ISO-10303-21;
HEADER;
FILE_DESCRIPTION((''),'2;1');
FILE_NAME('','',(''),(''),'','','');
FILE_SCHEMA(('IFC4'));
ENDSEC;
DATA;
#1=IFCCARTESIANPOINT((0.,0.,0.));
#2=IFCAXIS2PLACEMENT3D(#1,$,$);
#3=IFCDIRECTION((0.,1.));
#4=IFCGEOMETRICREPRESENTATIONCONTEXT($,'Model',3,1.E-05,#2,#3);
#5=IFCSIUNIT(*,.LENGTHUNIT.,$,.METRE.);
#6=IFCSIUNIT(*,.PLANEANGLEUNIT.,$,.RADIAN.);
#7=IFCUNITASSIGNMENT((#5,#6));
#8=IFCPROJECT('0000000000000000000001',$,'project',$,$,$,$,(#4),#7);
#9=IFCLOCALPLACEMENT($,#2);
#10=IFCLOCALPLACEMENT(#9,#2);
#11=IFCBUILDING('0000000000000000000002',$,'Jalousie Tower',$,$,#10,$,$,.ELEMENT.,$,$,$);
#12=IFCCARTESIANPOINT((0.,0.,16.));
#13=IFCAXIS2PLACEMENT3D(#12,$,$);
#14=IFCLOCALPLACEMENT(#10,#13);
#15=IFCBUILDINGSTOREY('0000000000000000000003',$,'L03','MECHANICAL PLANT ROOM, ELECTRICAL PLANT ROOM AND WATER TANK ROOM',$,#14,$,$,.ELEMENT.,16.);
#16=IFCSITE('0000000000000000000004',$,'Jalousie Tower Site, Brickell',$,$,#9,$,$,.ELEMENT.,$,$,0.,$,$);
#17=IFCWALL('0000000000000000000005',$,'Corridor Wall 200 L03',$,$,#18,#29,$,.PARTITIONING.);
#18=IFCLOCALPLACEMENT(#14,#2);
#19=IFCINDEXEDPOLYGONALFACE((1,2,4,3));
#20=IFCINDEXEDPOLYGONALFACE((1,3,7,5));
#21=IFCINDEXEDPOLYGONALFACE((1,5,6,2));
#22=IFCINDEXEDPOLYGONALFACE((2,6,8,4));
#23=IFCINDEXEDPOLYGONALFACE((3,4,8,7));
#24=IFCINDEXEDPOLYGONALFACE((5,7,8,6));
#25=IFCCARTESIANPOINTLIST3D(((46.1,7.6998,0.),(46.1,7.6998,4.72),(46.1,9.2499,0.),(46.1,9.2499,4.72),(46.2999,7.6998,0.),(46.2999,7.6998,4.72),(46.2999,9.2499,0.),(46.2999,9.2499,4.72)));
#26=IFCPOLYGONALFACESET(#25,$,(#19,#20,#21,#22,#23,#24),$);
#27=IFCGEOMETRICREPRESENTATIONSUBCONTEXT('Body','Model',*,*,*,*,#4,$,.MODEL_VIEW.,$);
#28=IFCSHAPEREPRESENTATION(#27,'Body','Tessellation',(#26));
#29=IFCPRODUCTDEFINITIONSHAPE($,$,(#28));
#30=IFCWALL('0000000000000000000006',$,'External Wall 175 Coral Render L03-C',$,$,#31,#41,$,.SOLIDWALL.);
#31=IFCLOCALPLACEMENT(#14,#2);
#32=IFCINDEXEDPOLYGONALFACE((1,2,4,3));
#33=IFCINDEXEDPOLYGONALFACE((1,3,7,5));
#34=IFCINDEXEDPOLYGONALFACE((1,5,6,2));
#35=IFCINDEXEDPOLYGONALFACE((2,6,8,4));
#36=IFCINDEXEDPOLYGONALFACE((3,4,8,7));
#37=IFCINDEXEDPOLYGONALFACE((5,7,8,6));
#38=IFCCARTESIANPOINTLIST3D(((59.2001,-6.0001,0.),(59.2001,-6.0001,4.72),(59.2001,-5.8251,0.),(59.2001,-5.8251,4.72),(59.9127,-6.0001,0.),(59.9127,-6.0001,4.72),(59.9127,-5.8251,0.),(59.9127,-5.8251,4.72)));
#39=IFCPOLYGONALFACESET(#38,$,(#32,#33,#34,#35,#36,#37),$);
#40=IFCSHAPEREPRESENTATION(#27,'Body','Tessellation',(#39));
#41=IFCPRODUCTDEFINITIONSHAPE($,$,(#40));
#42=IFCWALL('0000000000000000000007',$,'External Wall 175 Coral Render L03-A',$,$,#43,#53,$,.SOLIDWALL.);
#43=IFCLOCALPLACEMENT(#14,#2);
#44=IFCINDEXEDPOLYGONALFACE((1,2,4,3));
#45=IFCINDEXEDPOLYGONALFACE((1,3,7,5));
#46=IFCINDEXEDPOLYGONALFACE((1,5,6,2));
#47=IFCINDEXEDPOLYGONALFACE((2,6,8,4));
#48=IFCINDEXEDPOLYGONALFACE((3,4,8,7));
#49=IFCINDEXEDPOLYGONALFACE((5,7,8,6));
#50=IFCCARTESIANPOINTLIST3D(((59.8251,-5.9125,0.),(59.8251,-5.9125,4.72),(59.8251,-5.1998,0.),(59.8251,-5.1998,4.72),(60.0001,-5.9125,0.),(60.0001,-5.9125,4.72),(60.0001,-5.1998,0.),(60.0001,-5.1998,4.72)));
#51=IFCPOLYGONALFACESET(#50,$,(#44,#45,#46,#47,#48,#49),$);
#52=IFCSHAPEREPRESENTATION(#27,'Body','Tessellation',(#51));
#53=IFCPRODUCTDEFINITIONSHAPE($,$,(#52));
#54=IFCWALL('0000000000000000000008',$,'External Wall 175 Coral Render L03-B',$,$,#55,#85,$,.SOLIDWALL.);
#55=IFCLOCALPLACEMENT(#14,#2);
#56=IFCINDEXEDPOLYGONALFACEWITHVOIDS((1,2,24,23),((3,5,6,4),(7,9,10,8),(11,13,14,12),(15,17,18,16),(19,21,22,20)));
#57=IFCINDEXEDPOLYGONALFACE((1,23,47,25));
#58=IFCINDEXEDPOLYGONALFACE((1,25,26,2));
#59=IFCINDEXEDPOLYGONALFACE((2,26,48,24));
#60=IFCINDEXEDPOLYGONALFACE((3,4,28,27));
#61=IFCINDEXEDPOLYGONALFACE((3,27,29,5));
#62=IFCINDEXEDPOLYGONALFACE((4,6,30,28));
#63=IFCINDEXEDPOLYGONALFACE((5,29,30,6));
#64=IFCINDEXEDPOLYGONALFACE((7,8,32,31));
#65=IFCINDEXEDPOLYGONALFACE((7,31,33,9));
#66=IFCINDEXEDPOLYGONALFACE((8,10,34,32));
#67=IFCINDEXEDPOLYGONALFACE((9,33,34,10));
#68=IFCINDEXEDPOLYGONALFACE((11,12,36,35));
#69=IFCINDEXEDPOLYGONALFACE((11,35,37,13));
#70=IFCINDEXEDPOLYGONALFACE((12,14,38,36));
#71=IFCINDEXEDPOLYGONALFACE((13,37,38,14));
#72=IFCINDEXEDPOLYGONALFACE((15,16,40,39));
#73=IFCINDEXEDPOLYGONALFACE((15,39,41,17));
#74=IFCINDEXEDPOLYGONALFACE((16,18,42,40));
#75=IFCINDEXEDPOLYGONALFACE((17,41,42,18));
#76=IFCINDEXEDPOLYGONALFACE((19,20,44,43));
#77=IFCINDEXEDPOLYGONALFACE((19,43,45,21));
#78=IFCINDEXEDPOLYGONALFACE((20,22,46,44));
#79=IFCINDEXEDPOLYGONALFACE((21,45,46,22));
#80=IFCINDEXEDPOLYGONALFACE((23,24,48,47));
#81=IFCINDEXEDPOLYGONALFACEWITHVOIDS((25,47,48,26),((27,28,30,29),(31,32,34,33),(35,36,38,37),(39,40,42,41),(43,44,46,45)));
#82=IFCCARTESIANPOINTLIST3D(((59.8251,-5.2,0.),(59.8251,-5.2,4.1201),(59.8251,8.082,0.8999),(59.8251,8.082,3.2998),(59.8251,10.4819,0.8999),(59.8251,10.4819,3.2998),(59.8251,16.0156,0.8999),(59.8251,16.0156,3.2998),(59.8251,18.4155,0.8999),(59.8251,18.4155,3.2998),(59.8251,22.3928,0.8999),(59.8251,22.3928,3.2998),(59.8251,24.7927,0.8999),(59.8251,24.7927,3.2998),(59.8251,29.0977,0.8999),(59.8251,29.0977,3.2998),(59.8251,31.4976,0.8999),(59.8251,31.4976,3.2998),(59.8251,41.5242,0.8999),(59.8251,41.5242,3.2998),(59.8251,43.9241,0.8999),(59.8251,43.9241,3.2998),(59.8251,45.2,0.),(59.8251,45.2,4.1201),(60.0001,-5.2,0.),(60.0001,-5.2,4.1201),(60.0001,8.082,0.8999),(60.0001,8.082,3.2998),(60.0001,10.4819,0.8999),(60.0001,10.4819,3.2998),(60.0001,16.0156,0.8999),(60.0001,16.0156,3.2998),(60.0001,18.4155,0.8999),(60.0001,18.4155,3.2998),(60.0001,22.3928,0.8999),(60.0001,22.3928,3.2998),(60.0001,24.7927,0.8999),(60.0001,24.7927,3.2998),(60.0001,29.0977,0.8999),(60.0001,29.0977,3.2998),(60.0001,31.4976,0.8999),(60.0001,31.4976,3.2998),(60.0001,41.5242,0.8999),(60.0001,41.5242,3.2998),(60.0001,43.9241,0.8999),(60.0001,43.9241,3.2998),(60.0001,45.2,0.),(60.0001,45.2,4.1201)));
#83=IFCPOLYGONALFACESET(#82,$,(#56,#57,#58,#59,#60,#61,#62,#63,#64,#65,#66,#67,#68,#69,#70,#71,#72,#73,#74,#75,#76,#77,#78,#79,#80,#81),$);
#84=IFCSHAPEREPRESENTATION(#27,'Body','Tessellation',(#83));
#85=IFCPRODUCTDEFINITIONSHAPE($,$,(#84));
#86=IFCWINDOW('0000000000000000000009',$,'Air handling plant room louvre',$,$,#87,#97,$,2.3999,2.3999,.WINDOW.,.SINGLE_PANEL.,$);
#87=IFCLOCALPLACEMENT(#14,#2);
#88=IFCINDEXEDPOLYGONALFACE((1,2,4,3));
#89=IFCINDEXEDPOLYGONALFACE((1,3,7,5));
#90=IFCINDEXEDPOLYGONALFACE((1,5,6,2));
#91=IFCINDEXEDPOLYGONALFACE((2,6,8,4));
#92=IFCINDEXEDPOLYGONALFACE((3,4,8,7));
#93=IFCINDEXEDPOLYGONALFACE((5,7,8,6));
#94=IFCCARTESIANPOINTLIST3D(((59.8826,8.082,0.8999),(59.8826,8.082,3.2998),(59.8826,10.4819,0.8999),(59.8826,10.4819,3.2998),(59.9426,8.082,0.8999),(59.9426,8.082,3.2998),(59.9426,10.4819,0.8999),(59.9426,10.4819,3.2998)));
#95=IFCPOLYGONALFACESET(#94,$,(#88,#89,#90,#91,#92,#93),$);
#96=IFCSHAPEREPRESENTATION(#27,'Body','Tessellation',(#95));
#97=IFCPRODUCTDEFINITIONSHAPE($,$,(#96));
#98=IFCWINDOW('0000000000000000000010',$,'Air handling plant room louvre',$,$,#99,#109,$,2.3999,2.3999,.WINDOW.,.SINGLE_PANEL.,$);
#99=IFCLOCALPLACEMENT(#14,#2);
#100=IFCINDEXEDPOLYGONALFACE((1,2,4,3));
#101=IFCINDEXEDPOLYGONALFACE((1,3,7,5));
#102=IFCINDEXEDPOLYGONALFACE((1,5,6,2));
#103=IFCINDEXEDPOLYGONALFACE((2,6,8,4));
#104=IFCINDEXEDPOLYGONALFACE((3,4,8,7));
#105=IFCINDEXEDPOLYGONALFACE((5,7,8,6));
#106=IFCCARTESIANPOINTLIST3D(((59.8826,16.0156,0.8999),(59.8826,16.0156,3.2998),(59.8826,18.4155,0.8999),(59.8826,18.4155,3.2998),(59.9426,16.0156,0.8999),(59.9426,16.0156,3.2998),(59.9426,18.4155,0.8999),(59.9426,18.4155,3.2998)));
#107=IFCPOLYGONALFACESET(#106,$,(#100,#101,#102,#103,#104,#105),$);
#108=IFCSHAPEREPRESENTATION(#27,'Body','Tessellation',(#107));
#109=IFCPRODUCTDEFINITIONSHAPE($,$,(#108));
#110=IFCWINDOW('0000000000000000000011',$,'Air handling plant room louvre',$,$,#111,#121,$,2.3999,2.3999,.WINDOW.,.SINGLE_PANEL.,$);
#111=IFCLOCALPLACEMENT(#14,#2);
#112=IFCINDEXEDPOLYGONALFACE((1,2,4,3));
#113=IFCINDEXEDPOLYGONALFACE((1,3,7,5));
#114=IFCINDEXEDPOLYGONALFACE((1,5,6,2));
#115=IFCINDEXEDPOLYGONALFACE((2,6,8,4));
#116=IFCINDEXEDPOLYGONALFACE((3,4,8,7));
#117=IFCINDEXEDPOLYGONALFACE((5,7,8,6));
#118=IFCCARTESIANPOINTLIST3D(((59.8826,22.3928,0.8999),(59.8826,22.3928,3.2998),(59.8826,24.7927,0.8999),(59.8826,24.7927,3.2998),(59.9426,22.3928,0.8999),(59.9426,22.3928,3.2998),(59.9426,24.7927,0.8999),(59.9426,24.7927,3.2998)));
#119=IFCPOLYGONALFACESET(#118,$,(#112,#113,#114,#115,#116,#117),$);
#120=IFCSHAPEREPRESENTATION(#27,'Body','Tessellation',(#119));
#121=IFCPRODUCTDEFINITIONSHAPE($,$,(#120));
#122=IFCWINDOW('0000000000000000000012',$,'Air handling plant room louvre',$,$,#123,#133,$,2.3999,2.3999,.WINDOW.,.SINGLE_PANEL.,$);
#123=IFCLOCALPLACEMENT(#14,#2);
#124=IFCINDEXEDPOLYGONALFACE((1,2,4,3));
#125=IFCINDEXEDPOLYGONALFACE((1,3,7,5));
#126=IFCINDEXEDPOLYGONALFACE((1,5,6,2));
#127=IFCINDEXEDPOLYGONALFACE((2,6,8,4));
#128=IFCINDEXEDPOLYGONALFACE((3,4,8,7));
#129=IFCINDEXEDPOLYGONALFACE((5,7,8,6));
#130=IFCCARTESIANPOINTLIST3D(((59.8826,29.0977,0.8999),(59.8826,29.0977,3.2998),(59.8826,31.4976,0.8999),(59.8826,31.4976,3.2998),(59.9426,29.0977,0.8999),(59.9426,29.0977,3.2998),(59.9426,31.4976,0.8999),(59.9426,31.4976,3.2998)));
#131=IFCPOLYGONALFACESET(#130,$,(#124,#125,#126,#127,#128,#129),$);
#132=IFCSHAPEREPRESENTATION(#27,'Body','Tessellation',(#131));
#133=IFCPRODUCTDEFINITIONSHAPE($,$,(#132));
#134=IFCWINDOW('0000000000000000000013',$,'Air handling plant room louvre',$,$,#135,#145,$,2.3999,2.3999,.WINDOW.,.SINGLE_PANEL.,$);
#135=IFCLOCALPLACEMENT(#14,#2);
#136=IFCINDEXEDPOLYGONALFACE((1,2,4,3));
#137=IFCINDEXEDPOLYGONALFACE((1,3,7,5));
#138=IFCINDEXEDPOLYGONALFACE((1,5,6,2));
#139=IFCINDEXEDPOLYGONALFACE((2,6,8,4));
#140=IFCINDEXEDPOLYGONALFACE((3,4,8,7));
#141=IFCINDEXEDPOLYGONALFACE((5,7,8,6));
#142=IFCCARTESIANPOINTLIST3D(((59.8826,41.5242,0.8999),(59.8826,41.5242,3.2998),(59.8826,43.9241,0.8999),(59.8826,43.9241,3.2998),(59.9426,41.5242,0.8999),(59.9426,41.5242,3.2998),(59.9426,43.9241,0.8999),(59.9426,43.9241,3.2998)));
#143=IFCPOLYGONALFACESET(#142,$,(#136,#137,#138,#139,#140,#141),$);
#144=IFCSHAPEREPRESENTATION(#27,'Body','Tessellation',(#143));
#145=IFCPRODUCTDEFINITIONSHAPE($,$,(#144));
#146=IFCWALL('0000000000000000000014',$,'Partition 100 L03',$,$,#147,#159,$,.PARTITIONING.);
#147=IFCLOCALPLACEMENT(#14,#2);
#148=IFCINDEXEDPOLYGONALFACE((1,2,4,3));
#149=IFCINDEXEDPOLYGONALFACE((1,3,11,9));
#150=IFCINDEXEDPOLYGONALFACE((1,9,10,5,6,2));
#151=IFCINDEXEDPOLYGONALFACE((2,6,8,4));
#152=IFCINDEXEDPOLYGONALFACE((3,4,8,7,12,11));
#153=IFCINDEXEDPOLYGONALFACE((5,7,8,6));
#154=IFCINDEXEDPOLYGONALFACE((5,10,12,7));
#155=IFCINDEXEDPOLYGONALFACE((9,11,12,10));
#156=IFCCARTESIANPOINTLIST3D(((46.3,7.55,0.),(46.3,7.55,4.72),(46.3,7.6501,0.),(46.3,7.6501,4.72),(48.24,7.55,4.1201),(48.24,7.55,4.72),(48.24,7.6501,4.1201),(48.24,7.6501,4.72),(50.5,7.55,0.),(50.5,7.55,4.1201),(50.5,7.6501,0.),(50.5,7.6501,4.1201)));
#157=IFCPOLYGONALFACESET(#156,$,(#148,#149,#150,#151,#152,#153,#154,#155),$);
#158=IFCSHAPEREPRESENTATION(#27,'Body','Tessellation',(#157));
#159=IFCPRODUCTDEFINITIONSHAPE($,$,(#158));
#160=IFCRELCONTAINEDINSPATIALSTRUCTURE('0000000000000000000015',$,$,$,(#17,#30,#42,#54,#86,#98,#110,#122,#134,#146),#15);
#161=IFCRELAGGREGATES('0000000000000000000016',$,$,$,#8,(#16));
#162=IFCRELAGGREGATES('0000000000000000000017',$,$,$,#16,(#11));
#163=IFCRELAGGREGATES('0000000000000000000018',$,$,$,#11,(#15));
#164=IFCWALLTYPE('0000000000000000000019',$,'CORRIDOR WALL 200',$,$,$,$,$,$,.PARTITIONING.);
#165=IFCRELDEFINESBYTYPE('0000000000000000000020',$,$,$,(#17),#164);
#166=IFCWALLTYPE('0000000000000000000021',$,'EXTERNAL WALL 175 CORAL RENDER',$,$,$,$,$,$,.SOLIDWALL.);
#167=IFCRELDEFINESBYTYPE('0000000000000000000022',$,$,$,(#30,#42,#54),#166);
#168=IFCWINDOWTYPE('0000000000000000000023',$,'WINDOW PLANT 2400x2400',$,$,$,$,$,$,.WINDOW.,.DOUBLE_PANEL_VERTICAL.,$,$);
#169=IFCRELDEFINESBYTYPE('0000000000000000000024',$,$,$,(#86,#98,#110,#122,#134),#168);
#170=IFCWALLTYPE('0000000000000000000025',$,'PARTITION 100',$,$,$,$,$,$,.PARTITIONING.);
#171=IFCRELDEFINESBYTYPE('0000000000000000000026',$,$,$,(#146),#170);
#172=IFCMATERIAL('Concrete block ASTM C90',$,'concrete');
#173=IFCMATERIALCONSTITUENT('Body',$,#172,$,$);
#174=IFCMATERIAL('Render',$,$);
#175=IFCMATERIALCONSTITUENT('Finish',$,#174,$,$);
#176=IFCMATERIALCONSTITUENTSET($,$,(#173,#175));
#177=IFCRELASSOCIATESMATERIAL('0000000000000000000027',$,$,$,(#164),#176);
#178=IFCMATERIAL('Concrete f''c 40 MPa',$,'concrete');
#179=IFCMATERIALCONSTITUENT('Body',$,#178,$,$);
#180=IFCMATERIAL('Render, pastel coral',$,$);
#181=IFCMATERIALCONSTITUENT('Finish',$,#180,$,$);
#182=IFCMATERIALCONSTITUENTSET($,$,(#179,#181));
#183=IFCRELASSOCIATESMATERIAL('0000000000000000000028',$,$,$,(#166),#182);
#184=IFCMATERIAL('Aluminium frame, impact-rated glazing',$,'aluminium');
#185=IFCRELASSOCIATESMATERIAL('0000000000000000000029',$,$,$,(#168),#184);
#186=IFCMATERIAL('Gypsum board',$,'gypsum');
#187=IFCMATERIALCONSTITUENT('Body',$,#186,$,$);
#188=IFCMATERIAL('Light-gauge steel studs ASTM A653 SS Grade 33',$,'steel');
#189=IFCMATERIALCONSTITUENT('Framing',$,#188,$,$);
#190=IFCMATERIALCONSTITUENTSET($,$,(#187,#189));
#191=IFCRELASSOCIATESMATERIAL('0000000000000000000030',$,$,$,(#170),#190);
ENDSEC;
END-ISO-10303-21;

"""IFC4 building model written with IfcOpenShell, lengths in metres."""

from ifc_helpers import new_model, si_unit, direction, frame, frame_2d, origin, place, context, subcontext, project, spatial, polyline, rectangle, outline, extrude, material, constituent, constituent_set, type_object, element, fill, save


model = new_model("IFC4")

# Units and contexts
model_context = context("Model", 3, precision=1e-05, world=origin(), true_north=direction((0.0, 1.0)))
body_context = subcontext(model_context, "Body", "Model", "MODEL_VIEW")
ifc_project = project(units=[si_unit("LENGTHUNIT", "METRE"), si_unit("PLANEANGLEUNIT", "RADIAN")], contexts=[model_context])

# Site, building, storey
site_placement = place(None, origin())
site = spatial("IfcSite", under=ifc_project, at=site_placement, Name="Jalousie Tower Site, Brickell", CompositionType="ELEMENT", RefElevation=0.0)
building_placement = place(site_placement, origin())
building = spatial("IfcBuilding", under=site, at=building_placement, Name="Jalousie Tower", CompositionType="ELEMENT")
storey_placement = place(building_placement, frame((0.0, 0.0, 16.0)))
storey = spatial("IfcBuildingStorey", under=building, at=storey_placement, Name="L03", Description="MECHANICAL PLANT ROOM, ELECTRICAL PLANT ROOM AND WATER TANK ROOM", CompositionType="ELEMENT", Elevation=16.0)

# Walls
ifc_material_1 = material(Name="Concrete block ASTM C90", Category="concrete")
ifc_constituent_1 = constituent(ifc_material_1, Name="Body")
ifc_material_2 = material(Name="Render")
ifc_constituent_2 = constituent(ifc_material_2, Name="Finish")
ifc_constituent_set_1 = constituent_set(constituents=[ifc_constituent_1, ifc_constituent_2])
wall_type_1 = type_object("IfcWallType", Name="CORRIDOR WALL 200", PredefinedType="PARTITIONING", material=ifc_constituent_set_1)
wall_1_placement = place(storey_placement, frame((46.2, 7.7, 0.0), z_axis=(0.0, 0.0, 1.0), x_axis=(0.0, 1.0, 0.0)))
element("IfcWall", 1, at=wall_1_placement, inside=storey, type_object=wall_type_1, Name="Corridor Wall 200 L03", PredefinedType="PARTITIONING", context=body_context, shape_type="SweptSolid", body=[
    extrude(rectangle(XDim=1.55, YDim=0.2, at=frame_2d((0.7749, 0.0))), origin(), (0.0, 0.0, 1.0), 4.72),
])
ifc_material_3 = material(Name="Concrete f'c 40 MPa", Category="concrete")
ifc_constituent_3 = constituent(ifc_material_3, Name="Body")
ifc_material_4 = material(Name="Render, pastel coral")
ifc_constituent_4 = constituent(ifc_material_4, Name="Finish")
ifc_constituent_set_2 = constituent_set(constituents=[ifc_constituent_3, ifc_constituent_4])
wall_type_2 = type_object("IfcWallType", Name="EXTERNAL WALL 175 CORAL RENDER", PredefinedType="SOLIDWALL", material=ifc_constituent_set_2)
for number, where, z_axis, x_axis, name in (
    (2, (59.2, -5.9126, 0.0), (0.0, 0.0, 1.0), (1.0, 0.0, 0.0), "External Wall 175 Coral Render L03-C"),
    (3, (59.9126, -5.9126, 0.0), (0.0, 0.0, 1.0), (0.0, 1.0, 0.0), "External Wall 175 Coral Render L03-A"),
):
    element("IfcWall", number, at=place(storey_placement, frame(where, z_axis=z_axis, x_axis=x_axis)), inside=storey, type_object=wall_type_2, Name=name, PredefinedType="SOLIDWALL", context=body_context, shape_type="SweptSolid", body=[
        extrude(rectangle(XDim=0.7126, YDim=0.175, at=frame_2d((0.3564, 0.0))), origin(), (0.0, 0.0, 1.0), 4.72),
    ])

# Wall, openings, windows
wall_2_placement = place(storey_placement, frame((59.9126, -5.2, 0.0), z_axis=(0.0, 0.0, 1.0), x_axis=(0.0, 1.0, 0.0)))
wall_2 = element("IfcWall", 4, at=wall_2_placement, inside=storey, type_object=wall_type_2, Name="External Wall 175 Coral Render L03-B", PredefinedType="SOLIDWALL", context=body_context, shape_type="SweptSolid", body=[
    extrude(rectangle(XDim=50.3999, YDim=0.175, at=frame_2d((25.2, 0.0))), origin(), (0.0, 0.0, 1.0), 4.1201),
])
opening_1_placement = place(wall_2_placement, frame((13.282, 0.0, 0.8999)))
opening_1 = element("IfcOpeningElement", 5, at=opening_1_placement, cuts=wall_2, PredefinedType="OPENING", context=body_context, shape_type="SweptSolid", body=[
    extrude(rectangle(XDim=2.3999, YDim=2.3999, at=frame_2d((1.2, 1.2))), frame((0.0, 0.0974, 0.0), z_axis=(0.0, -1.0, 0.0), x_axis=(1.0, 0.0, 0.0)), (0.0, 0.0, 1.0), 0.1951),
])
opening_2_placement = place(wall_2_placement, frame((21.2156, 0.0, 0.8999)))
opening_2 = element("IfcOpeningElement", 6, at=opening_2_placement, cuts=wall_2, PredefinedType="OPENING", context=body_context, shape_type="SweptSolid", body=[
    extrude(rectangle(XDim=2.3999, YDim=2.3999, at=frame_2d((1.2, 1.2))), frame((0.0, 0.0974, 0.0), z_axis=(0.0, -1.0, 0.0), x_axis=(1.0, 0.0, 0.0)), (0.0, 0.0, 1.0), 0.1951),
])
opening_3_placement = place(wall_2_placement, frame((27.5928, 0.0, 0.8999)))
opening_3 = element("IfcOpeningElement", 7, at=opening_3_placement, cuts=wall_2, PredefinedType="OPENING", context=body_context, shape_type="SweptSolid", body=[
    extrude(rectangle(XDim=2.3999, YDim=2.3999, at=frame_2d((1.2, 1.2))), frame((0.0, 0.0974, 0.0), z_axis=(0.0, -1.0, 0.0), x_axis=(1.0, 0.0, 0.0)), (0.0, 0.0, 1.0), 0.1951),
])
opening_4_placement = place(wall_2_placement, frame((34.2976, 0.0, 0.8999)))
opening_4 = element("IfcOpeningElement", 8, at=opening_4_placement, cuts=wall_2, PredefinedType="OPENING", context=body_context, shape_type="SweptSolid", body=[
    extrude(rectangle(XDim=2.3999, YDim=2.3999, at=frame_2d((1.2, 1.2))), frame((0.0, 0.0974, 0.0), z_axis=(0.0, -1.0, 0.0), x_axis=(1.0, 0.0, 0.0)), (0.0, 0.0, 1.0), 0.1951),
])
opening_5_placement = place(wall_2_placement, frame((46.7241, 0.0, 0.8999)))
opening_5 = element("IfcOpeningElement", 9, at=opening_5_placement, cuts=wall_2, PredefinedType="OPENING", context=body_context, shape_type="SweptSolid", body=[
    extrude(rectangle(XDim=2.3999, YDim=2.3999, at=frame_2d((1.2, 1.2))), frame((0.0, 0.0974, 0.0), z_axis=(0.0, -1.0, 0.0), x_axis=(1.0, 0.0, 0.0)), (0.0, 0.0, 1.0), 0.1951),
])
ifc_material_5 = material(Name="Aluminium frame, impact-rated glazing", Category="aluminium")
window_type = type_object("IfcWindowType", Name="WINDOW PLANT 2400x2400", PartitioningType="DOUBLE_PANEL_VERTICAL", PredefinedType="WINDOW", material=ifc_material_5)
window_1_placement = place(opening_1_placement, origin())
window_1 = element("IfcWindow", 10, at=window_1_placement, inside=storey, type_object=window_type, Name="Air handling plant room louvre", OverallHeight=2.3999, OverallWidth=2.3999, PartitioningType="SINGLE_PANEL", PredefinedType="WINDOW", context=body_context, shape_type="SweptSolid", body=[
    extrude(rectangle(XDim=2.3999, YDim=2.3999, at=frame_2d((1.2, 1.2))), frame((0.0, 0.03, 0.0), z_axis=(0.0, -1.0, 0.0), x_axis=(1.0, 0.0, 0.0)), (0.0, 0.0, 1.0), 0.0601),
])
fill(opening_1, window_1)
window_2_placement = place(opening_2_placement, origin())
window_2 = element("IfcWindow", 11, at=window_2_placement, inside=storey, type_object=window_type, Name="Air handling plant room louvre", OverallHeight=2.3999, OverallWidth=2.3999, PartitioningType="SINGLE_PANEL", PredefinedType="WINDOW", context=body_context, shape_type="SweptSolid", body=[
    extrude(rectangle(XDim=2.3999, YDim=2.3999, at=frame_2d((1.2, 1.2))), frame((0.0, 0.03, 0.0), z_axis=(0.0, -1.0, 0.0), x_axis=(1.0, 0.0, 0.0)), (0.0, 0.0, 1.0), 0.0601),
])
fill(opening_2, window_2)
window_3_placement = place(opening_3_placement, origin())
window_3 = element("IfcWindow", 12, at=window_3_placement, inside=storey, type_object=window_type, Name="Air handling plant room louvre", OverallHeight=2.3999, OverallWidth=2.3999, PartitioningType="SINGLE_PANEL", PredefinedType="WINDOW", context=body_context, shape_type="SweptSolid", body=[
    extrude(rectangle(XDim=2.3999, YDim=2.3999, at=frame_2d((1.2, 1.2))), frame((0.0, 0.03, 0.0), z_axis=(0.0, -1.0, 0.0), x_axis=(1.0, 0.0, 0.0)), (0.0, 0.0, 1.0), 0.0601),
])
fill(opening_3, window_3)
window_4_placement = place(opening_4_placement, origin())
window_4 = element("IfcWindow", 13, at=window_4_placement, inside=storey, type_object=window_type, Name="Air handling plant room louvre", OverallHeight=2.3999, OverallWidth=2.3999, PartitioningType="SINGLE_PANEL", PredefinedType="WINDOW", context=body_context, shape_type="SweptSolid", body=[
    extrude(rectangle(XDim=2.3999, YDim=2.3999, at=frame_2d((1.2, 1.2))), frame((0.0, 0.03, 0.0), z_axis=(0.0, -1.0, 0.0), x_axis=(1.0, 0.0, 0.0)), (0.0, 0.0, 1.0), 0.0601),
])
fill(opening_4, window_4)
window_5_placement = place(opening_5_placement, origin())
window_5 = element("IfcWindow", 14, at=window_5_placement, inside=storey, type_object=window_type, Name="Air handling plant room louvre", OverallHeight=2.3999, OverallWidth=2.3999, PartitioningType="SINGLE_PANEL", PredefinedType="WINDOW", context=body_context, shape_type="SweptSolid", body=[
    extrude(rectangle(XDim=2.3999, YDim=2.3999, at=frame_2d((1.2, 1.2))), frame((0.0, 0.03, 0.0), z_axis=(0.0, -1.0, 0.0), x_axis=(1.0, 0.0, 0.0)), (0.0, 0.0, 1.0), 0.0601),
])
fill(opening_5, window_5)

# Wall
ifc_material_6 = material(Name="Gypsum board", Category="gypsum")
ifc_constituent_5 = constituent(ifc_material_6, Name="Body")
ifc_material_7 = material(Name="Light-gauge steel studs ASTM A653 SS Grade 33", Category="steel")
ifc_constituent_6 = constituent(ifc_material_7, Name="Framing")
ifc_constituent_set_3 = constituent_set(constituents=[ifc_constituent_5, ifc_constituent_6])
wall_type_3 = type_object("IfcWallType", Name="PARTITION 100", PredefinedType="PARTITIONING", material=ifc_constituent_set_3)
wall_3_placement = place(storey_placement, frame((46.3, 7.6001, 0.0), z_axis=(0.0, 0.0, 1.0), x_axis=(1.0, 0.0, 0.0)))
element("IfcWall", 15, at=wall_3_placement, inside=storey, type_object=wall_type_3, Name="Partition 100 L03", PredefinedType="PARTITIONING", context=body_context, shape_type="SweptSolid", body=[
    extrude(outline(polyline([(0.0, 0.0), (4.2, 0.0), (4.2, 4.72), (4.2, 4.1201), (1.9399, 4.1201), (1.9399, 4.72), (0.0, 4.72), (0.0, 0.0)])), frame((0.0, 0.05, 0.0), z_axis=(0.0, -1.0, 0.0), x_axis=(1.0, 0.0, 0.0)), (0.0, 0.0, 1.0), 0.1001),
])

save(model, "model.ifc")
